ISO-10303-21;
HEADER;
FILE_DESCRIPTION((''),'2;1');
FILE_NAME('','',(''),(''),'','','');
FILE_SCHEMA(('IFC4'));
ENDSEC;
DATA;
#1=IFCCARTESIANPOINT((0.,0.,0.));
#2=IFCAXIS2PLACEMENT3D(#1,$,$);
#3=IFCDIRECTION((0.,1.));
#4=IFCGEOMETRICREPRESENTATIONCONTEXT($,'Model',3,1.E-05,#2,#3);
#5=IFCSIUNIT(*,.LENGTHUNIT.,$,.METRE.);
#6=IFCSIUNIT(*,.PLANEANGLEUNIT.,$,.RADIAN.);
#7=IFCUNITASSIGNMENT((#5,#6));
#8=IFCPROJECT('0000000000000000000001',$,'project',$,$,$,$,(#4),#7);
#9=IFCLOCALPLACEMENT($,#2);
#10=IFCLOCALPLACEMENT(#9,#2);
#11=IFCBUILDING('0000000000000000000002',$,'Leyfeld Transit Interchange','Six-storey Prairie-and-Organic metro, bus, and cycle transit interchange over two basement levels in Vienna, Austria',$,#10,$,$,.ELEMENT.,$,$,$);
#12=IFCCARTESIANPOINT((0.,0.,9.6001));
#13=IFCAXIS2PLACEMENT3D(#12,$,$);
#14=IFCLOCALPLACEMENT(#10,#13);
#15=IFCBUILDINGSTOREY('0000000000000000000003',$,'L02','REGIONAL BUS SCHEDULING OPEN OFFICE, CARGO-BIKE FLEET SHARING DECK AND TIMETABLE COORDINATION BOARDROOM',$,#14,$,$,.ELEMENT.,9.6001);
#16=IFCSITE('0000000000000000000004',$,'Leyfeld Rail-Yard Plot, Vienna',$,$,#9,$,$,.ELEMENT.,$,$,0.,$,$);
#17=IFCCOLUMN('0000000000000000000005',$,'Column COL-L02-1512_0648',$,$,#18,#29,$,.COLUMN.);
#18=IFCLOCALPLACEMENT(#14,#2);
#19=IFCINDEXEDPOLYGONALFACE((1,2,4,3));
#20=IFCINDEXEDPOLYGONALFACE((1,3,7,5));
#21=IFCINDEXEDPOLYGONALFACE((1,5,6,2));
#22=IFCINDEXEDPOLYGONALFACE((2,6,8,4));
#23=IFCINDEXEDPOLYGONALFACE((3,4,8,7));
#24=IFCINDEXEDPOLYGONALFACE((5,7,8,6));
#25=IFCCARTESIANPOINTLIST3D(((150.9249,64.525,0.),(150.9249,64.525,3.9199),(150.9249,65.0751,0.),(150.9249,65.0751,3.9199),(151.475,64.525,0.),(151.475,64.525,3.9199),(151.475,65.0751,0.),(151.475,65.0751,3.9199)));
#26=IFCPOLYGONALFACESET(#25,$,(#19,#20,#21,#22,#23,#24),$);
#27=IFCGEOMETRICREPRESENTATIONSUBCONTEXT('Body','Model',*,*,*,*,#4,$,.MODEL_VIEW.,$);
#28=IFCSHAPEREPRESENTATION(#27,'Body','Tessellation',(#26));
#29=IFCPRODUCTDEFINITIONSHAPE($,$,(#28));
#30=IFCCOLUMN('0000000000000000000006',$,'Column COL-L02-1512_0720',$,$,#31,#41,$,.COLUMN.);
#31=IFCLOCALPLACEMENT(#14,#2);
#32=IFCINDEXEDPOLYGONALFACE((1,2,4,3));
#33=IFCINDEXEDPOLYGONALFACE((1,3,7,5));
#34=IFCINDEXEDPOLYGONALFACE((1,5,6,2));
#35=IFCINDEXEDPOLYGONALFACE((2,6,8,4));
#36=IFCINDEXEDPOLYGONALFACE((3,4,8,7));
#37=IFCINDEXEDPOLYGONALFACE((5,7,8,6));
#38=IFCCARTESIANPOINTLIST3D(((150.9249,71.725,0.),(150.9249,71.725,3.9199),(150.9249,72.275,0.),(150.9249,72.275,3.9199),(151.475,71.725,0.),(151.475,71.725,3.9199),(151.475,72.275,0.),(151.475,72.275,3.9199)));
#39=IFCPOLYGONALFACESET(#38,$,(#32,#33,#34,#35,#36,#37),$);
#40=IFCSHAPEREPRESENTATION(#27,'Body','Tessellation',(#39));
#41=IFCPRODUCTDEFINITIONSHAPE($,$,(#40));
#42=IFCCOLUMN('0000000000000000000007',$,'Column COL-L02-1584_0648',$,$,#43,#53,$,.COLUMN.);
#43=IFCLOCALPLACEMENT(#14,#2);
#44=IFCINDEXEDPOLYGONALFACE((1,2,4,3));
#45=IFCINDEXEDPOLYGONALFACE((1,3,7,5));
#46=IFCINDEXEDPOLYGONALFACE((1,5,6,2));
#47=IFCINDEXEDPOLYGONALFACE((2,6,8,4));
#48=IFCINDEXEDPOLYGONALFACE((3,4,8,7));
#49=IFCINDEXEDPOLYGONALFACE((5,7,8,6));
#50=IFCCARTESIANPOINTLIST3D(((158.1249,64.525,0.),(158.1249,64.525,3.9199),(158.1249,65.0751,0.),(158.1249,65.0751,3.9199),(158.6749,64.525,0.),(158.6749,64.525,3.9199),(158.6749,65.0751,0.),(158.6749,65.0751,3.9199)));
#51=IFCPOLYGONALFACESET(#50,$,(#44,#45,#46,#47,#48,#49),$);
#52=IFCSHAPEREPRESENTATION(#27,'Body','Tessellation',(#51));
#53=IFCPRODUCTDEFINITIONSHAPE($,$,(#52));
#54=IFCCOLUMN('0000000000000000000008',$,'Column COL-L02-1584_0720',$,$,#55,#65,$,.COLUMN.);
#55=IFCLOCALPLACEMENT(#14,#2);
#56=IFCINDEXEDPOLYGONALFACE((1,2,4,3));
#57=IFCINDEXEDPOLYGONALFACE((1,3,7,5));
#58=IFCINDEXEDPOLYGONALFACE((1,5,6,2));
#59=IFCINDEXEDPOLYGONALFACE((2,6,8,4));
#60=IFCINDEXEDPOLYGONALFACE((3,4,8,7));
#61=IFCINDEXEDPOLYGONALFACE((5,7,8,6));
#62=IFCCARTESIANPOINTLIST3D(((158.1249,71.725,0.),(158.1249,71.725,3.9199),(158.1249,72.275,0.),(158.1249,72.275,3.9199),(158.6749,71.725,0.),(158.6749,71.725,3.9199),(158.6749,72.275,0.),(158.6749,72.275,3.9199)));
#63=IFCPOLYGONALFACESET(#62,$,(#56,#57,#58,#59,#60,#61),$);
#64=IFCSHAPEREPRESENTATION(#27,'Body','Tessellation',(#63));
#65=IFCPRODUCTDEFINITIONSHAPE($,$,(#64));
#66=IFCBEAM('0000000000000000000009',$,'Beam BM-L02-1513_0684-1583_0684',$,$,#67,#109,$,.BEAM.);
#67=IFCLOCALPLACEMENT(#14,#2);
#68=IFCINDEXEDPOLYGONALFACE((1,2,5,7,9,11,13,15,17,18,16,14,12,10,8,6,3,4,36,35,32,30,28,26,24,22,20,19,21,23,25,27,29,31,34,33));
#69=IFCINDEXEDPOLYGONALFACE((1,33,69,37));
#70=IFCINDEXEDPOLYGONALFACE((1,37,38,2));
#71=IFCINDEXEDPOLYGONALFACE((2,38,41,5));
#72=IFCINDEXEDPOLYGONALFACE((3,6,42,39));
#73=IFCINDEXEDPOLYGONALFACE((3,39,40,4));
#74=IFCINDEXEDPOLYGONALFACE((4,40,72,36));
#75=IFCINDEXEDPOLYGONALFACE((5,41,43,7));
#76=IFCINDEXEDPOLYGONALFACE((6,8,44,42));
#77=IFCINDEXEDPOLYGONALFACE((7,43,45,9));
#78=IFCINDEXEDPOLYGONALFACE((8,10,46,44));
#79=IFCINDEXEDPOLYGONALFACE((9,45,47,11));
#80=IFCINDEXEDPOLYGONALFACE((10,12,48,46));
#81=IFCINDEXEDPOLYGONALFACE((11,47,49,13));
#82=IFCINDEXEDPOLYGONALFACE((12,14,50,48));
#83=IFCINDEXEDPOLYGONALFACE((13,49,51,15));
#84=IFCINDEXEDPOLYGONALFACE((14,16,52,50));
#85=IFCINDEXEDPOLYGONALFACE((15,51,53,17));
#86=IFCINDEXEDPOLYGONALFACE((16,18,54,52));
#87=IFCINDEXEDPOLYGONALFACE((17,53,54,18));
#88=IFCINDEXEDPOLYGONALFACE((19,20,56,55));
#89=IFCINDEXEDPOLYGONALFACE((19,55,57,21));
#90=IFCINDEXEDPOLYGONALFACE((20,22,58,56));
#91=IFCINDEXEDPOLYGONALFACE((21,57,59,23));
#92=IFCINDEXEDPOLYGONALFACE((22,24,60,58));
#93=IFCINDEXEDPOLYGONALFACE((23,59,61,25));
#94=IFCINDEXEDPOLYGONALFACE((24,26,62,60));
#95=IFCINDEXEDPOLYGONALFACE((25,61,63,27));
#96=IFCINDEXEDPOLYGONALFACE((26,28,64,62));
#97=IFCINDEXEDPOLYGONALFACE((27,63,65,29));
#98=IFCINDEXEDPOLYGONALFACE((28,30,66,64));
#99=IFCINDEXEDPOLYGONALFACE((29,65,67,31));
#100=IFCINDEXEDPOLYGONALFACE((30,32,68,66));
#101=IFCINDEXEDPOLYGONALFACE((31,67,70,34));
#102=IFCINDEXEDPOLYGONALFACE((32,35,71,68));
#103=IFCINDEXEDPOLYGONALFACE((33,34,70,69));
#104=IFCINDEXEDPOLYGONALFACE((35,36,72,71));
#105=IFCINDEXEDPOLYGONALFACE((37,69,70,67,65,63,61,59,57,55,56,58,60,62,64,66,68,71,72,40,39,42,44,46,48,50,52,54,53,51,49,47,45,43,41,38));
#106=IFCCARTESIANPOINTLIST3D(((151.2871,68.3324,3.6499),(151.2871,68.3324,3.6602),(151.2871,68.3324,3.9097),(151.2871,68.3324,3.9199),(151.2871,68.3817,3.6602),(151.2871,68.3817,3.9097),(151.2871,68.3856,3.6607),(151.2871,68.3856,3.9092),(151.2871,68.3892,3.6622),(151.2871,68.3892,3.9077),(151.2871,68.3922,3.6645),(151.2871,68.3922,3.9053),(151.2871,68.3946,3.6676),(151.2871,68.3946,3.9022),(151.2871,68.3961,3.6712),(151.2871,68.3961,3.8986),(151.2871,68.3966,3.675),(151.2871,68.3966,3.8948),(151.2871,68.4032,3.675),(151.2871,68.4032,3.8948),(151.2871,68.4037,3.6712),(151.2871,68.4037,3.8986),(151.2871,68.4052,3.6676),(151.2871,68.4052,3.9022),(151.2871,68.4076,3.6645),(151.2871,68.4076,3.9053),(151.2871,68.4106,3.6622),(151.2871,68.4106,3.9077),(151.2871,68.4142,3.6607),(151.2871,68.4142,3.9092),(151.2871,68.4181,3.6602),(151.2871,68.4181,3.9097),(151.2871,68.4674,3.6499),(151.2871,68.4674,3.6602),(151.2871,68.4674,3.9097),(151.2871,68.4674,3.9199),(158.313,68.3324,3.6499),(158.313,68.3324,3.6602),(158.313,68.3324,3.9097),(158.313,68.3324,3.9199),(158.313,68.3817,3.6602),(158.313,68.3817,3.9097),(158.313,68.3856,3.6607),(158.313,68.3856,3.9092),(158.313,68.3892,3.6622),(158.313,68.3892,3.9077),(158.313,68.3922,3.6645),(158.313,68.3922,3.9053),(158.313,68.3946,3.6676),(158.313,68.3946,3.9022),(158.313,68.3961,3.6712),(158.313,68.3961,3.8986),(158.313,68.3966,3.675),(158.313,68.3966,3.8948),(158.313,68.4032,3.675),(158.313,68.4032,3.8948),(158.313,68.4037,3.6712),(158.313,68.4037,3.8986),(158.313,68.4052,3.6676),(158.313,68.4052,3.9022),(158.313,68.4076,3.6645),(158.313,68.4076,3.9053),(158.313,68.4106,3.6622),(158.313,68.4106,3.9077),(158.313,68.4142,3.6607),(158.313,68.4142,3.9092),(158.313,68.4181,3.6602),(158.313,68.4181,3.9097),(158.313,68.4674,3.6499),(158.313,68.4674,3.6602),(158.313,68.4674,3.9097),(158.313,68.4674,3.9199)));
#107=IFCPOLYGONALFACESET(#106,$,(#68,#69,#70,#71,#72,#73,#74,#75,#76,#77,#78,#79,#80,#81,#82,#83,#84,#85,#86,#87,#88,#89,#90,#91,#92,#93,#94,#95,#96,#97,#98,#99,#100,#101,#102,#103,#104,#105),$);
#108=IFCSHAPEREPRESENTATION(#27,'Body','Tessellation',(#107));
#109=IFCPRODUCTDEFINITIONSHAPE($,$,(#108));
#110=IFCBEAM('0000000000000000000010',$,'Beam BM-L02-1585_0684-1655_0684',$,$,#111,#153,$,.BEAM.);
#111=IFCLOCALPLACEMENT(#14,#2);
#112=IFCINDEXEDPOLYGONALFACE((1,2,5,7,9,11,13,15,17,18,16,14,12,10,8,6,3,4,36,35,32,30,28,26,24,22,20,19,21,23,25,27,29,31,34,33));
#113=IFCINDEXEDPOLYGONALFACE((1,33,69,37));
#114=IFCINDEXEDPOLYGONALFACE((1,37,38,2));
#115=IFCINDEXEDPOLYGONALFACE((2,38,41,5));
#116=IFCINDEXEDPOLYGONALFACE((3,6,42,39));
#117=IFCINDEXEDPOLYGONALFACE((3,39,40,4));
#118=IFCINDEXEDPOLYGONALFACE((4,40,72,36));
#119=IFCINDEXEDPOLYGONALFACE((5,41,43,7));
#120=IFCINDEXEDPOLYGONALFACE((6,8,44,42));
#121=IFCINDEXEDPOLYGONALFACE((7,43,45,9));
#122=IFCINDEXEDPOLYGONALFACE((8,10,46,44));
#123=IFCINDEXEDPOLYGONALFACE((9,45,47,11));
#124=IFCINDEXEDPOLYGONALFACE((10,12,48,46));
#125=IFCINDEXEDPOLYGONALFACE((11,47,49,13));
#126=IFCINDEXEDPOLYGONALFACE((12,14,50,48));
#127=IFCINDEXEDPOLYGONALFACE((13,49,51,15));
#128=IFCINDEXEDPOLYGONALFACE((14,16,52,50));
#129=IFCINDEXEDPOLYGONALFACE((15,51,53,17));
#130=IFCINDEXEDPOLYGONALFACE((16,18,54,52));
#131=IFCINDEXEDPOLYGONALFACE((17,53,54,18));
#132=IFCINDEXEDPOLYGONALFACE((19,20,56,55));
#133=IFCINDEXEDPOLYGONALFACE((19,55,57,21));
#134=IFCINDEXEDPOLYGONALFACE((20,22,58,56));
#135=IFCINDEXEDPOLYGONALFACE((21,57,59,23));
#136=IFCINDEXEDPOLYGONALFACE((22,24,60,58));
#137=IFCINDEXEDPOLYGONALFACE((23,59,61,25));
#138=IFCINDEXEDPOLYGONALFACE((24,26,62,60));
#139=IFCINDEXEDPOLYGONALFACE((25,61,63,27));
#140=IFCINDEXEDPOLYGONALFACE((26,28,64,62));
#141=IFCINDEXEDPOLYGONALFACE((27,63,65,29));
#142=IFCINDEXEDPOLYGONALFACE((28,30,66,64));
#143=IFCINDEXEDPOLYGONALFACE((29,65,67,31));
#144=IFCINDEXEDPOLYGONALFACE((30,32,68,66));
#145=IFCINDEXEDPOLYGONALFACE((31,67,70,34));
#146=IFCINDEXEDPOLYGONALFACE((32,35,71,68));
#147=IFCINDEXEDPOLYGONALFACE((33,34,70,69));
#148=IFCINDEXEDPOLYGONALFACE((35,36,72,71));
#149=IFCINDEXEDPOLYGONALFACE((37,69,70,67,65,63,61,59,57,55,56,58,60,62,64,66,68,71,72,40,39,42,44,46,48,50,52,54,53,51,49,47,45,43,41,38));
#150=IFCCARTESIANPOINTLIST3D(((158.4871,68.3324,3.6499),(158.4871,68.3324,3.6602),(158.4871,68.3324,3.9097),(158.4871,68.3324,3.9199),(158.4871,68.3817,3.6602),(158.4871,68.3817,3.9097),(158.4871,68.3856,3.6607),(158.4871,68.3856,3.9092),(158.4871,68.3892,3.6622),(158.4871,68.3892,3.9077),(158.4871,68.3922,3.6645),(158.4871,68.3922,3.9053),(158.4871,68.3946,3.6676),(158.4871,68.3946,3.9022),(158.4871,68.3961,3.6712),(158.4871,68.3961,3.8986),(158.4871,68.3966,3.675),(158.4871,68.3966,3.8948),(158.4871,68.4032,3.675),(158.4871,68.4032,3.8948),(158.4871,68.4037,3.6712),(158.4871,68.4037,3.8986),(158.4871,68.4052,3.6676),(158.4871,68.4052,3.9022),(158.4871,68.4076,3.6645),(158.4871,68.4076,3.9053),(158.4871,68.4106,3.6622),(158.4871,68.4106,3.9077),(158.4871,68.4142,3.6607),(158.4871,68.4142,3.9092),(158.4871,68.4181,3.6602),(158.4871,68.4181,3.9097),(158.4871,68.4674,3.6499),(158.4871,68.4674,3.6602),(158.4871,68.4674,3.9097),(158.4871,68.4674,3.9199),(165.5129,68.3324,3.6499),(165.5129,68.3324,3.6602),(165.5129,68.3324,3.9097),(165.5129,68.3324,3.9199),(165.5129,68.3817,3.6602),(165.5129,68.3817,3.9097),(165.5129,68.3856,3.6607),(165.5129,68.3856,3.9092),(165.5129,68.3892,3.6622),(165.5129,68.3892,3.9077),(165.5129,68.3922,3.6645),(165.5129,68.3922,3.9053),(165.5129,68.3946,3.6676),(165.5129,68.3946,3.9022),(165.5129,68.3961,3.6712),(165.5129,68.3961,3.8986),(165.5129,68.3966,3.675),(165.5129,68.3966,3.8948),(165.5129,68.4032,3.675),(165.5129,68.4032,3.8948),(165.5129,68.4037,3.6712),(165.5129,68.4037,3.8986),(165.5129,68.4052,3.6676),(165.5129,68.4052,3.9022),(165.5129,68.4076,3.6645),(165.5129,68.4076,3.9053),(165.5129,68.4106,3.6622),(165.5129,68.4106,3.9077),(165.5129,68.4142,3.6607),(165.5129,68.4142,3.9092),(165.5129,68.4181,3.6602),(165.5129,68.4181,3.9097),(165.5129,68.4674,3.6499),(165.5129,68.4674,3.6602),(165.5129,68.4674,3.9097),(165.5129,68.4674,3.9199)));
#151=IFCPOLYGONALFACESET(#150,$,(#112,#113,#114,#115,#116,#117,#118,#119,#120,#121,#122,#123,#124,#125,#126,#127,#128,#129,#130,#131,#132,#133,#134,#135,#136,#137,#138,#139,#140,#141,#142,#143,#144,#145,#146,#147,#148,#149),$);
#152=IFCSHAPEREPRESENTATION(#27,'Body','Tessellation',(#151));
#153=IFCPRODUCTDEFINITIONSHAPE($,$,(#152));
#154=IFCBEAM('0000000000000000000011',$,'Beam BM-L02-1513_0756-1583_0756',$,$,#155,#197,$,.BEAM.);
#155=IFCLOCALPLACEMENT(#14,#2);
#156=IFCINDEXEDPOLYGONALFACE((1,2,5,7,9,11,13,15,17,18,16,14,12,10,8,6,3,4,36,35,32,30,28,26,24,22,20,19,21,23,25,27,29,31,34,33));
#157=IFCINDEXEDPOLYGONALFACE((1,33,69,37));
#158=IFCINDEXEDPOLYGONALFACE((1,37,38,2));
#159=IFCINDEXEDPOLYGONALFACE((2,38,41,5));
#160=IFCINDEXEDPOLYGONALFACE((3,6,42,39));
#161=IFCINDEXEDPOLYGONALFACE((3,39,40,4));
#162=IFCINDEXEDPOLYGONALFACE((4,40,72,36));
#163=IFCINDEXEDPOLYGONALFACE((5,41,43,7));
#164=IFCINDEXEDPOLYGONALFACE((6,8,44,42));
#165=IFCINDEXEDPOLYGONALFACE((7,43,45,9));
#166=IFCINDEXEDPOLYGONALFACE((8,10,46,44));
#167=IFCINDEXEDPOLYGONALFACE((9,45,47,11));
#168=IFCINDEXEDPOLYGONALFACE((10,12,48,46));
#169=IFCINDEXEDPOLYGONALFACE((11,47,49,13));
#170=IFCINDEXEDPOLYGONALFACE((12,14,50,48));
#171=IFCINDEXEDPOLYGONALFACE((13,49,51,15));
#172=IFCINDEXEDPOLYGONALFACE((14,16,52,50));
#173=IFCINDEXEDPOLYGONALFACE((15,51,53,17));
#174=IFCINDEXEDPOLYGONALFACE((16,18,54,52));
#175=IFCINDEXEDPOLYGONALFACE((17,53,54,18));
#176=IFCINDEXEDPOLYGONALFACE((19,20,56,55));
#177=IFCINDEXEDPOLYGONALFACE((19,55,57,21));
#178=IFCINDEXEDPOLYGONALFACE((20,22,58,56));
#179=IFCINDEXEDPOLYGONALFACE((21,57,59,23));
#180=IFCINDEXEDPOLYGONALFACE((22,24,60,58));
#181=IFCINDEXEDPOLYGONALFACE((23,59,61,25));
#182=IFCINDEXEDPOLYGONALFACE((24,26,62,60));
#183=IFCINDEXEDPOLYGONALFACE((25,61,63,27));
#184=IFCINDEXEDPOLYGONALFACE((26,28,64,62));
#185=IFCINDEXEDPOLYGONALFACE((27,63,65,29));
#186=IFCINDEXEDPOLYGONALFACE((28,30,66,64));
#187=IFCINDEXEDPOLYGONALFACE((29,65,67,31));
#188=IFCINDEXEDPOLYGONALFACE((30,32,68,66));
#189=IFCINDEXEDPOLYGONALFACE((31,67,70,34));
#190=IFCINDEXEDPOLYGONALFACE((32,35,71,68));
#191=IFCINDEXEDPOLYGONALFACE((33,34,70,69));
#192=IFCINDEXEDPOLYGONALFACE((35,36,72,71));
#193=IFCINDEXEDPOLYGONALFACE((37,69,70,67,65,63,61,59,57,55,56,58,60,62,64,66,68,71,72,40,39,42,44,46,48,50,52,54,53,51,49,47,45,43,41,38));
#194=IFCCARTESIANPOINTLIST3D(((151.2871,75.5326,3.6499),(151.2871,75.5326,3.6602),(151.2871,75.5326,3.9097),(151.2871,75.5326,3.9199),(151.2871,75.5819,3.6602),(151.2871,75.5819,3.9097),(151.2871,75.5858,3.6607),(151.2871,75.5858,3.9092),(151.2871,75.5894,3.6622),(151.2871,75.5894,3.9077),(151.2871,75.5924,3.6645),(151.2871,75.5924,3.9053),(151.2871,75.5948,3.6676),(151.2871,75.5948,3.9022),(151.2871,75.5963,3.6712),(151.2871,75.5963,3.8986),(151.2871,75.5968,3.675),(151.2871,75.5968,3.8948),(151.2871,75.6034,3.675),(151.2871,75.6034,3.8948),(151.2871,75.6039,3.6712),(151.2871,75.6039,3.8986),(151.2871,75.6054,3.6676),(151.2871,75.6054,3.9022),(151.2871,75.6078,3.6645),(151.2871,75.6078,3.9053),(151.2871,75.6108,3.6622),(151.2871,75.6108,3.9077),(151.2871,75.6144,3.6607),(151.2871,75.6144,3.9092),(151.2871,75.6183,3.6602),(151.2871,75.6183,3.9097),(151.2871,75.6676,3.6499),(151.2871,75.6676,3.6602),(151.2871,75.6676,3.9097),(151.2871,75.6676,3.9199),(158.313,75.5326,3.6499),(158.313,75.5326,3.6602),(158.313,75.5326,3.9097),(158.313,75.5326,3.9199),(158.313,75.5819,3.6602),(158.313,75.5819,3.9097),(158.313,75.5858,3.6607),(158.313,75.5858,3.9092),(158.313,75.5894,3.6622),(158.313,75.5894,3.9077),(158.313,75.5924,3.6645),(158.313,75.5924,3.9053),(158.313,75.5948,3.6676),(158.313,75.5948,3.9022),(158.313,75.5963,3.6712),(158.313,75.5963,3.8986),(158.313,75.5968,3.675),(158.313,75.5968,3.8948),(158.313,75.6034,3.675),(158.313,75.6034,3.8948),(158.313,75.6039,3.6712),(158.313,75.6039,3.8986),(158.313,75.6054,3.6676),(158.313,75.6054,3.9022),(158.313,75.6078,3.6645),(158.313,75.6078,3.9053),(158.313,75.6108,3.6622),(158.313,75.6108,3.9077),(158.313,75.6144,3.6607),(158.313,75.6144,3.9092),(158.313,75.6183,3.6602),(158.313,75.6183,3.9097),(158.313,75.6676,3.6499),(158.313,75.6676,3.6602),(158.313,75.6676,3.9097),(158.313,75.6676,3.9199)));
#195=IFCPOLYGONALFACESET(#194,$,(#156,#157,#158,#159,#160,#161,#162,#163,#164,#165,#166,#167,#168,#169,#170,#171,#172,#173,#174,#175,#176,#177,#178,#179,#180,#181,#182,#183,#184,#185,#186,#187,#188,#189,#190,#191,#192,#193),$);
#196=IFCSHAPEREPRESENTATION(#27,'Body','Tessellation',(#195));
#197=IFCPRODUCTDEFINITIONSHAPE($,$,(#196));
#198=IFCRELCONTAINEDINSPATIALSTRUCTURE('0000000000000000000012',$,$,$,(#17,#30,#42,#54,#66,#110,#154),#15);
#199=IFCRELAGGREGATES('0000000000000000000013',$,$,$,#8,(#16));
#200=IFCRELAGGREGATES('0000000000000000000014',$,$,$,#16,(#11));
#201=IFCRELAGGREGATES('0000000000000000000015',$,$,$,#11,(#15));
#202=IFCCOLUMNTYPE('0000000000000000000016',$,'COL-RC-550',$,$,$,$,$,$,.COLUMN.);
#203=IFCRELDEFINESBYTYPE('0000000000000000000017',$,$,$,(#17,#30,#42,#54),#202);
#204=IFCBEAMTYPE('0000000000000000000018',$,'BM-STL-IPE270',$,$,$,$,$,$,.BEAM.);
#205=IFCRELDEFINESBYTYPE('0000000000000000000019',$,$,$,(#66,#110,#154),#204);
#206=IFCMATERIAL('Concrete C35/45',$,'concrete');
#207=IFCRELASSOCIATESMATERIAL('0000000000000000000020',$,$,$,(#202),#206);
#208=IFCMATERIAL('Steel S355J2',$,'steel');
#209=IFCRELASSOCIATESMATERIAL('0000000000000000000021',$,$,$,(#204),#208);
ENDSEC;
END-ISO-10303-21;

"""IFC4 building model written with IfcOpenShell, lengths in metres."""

from ifc_helpers import new_model, si_unit, direction, frame, origin, origin_2d, place, context, subcontext, project, spatial, rectangle, i_section, extrude, material, material_profile, profile_set, type_object, element, save


model = new_model("IFC4")

# Units and contexts
model_context = context("Model", 3, precision=1e-05, world=origin(), true_north=direction((0.0, 1.0)))
body_context = subcontext(model_context, "Body", "Model", "MODEL_VIEW")
ifc_project = project(units=[si_unit("LENGTHUNIT", "METRE"), si_unit("PLANEANGLEUNIT", "RADIAN")], contexts=[model_context])

# Site, building, storey
site_placement = place(None, origin())
site = spatial("IfcSite", under=ifc_project, at=site_placement, Name="Leyfeld Rail-Yard Plot, Vienna", CompositionType="ELEMENT", RefElevation=0.0)
building_placement = place(site_placement, origin())
building = spatial("IfcBuilding", under=site, at=building_placement, Name="Leyfeld Transit Interchange", Description="Six-storey Prairie-and-Organic metro, bus, and cycle transit interchange over two basement levels in Vienna, Austria", CompositionType="ELEMENT")
storey_placement = place(building_placement, frame((0.0, 0.0, 9.6001)))
storey = spatial("IfcBuildingStorey", under=building, at=storey_placement, Name="L02", Description="REGIONAL BUS SCHEDULING OPEN OFFICE, CARGO-BIKE FLEET SHARING DECK AND TIMETABLE COORDINATION BOARDROOM", CompositionType="ELEMENT", Elevation=9.6001)

# Columns
ifc_material_1 = material(Name="Concrete C35/45", Category="concrete")
ifc_material_profile_1 = material_profile(ifc_material_1, rectangle(XDim=0.55, YDim=0.55, at=origin_2d()), Name="RC 550x550")
ifc_profile_set_1 = profile_set([ifc_material_profile_1], Name="Concrete C35/45")
column_type = type_object("IfcColumnType", Name="COL-RC-550", PredefinedType="COLUMN", material=ifc_profile_set_1)
for number, where, z_axis, x_axis, name in (
    (1, (151.2, 64.8, 0.0), (0.0, 0.0, 1.0), (1.0, 0.0, 0.0), "Column COL-L02-1512_0648"),
    (2, (151.2, 72.0, 0.0), (0.0, 0.0, 1.0), (1.0, 0.0, 0.0), "Column COL-L02-1512_0720"),
    (3, (158.3999, 64.8, 0.0), (0.0, 0.0, 1.0), (1.0, 0.0, 0.0), "Column COL-L02-1584_0648"),
    (4, (158.3999, 72.0, 0.0), (0.0, 0.0, 1.0), (1.0, 0.0, 0.0), "Column COL-L02-1584_0720"),
):
    element("IfcColumn", number, at=place(storey_placement, frame(where, z_axis=z_axis, x_axis=x_axis)), inside=storey, type_object=column_type, Name=name, PredefinedType="COLUMN", context=body_context, shape_type="SweptSolid", body=[
        extrude(rectangle(XDim=0.55, YDim=0.55, at=origin_2d()), origin(), (0.0, 0.0, 1.0), 3.9199),
    ])

# Beams
ifc_material_2 = material(Name="Steel S355J2", Category="steel")
ifc_material_profile_2 = material_profile(ifc_material_2, i_section(OverallWidth=0.135, OverallDepth=0.27, WebThickness=0.0066, FlangeThickness=0.0103, FilletRadius=0.0149, at=origin_2d()), Name="IPE 270")
ifc_profile_set_2 = profile_set([ifc_material_profile_2], Name="Steel S355J2")
beam_type_1 = type_object("IfcBeamType", Name="BM-STL-IPE270", PredefinedType="BEAM", material=ifc_profile_set_2)
for number, where, z_axis, x_axis, name in (
    (5, (151.2871, 68.3999, 3.7849), (1.0, 0.0, 0.0), (0.0, 1.0, 0.0), "Beam BM-L02-1513_0684-1583_0684"),
    (6, (158.4871, 68.3999, 3.7849), (1.0, 0.0, 0.0), (0.0, 1.0, 0.0), "Beam BM-L02-1585_0684-1655_0684"),
    (7, (151.2871, 75.6001, 3.7849), (1.0, 0.0, 0.0), (0.0, 1.0, 0.0), "Beam BM-L02-1513_0756-1583_0756"),
):
    element("IfcBeam", number, at=place(storey_placement, frame(where, z_axis=z_axis, x_axis=x_axis)), inside=storey, type_object=beam_type_1, Name=name, PredefinedType="BEAM", context=body_context, shape_type="SweptSolid", body=[
        extrude(i_section(OverallWidth=0.135, OverallDepth=0.27, WebThickness=0.0066, FlangeThickness=0.0103, FilletRadius=0.0149, at=origin_2d()), origin(), (0.0, 0.0, 1.0), 7.0259),
    ])

save(model, "model.ifc")
